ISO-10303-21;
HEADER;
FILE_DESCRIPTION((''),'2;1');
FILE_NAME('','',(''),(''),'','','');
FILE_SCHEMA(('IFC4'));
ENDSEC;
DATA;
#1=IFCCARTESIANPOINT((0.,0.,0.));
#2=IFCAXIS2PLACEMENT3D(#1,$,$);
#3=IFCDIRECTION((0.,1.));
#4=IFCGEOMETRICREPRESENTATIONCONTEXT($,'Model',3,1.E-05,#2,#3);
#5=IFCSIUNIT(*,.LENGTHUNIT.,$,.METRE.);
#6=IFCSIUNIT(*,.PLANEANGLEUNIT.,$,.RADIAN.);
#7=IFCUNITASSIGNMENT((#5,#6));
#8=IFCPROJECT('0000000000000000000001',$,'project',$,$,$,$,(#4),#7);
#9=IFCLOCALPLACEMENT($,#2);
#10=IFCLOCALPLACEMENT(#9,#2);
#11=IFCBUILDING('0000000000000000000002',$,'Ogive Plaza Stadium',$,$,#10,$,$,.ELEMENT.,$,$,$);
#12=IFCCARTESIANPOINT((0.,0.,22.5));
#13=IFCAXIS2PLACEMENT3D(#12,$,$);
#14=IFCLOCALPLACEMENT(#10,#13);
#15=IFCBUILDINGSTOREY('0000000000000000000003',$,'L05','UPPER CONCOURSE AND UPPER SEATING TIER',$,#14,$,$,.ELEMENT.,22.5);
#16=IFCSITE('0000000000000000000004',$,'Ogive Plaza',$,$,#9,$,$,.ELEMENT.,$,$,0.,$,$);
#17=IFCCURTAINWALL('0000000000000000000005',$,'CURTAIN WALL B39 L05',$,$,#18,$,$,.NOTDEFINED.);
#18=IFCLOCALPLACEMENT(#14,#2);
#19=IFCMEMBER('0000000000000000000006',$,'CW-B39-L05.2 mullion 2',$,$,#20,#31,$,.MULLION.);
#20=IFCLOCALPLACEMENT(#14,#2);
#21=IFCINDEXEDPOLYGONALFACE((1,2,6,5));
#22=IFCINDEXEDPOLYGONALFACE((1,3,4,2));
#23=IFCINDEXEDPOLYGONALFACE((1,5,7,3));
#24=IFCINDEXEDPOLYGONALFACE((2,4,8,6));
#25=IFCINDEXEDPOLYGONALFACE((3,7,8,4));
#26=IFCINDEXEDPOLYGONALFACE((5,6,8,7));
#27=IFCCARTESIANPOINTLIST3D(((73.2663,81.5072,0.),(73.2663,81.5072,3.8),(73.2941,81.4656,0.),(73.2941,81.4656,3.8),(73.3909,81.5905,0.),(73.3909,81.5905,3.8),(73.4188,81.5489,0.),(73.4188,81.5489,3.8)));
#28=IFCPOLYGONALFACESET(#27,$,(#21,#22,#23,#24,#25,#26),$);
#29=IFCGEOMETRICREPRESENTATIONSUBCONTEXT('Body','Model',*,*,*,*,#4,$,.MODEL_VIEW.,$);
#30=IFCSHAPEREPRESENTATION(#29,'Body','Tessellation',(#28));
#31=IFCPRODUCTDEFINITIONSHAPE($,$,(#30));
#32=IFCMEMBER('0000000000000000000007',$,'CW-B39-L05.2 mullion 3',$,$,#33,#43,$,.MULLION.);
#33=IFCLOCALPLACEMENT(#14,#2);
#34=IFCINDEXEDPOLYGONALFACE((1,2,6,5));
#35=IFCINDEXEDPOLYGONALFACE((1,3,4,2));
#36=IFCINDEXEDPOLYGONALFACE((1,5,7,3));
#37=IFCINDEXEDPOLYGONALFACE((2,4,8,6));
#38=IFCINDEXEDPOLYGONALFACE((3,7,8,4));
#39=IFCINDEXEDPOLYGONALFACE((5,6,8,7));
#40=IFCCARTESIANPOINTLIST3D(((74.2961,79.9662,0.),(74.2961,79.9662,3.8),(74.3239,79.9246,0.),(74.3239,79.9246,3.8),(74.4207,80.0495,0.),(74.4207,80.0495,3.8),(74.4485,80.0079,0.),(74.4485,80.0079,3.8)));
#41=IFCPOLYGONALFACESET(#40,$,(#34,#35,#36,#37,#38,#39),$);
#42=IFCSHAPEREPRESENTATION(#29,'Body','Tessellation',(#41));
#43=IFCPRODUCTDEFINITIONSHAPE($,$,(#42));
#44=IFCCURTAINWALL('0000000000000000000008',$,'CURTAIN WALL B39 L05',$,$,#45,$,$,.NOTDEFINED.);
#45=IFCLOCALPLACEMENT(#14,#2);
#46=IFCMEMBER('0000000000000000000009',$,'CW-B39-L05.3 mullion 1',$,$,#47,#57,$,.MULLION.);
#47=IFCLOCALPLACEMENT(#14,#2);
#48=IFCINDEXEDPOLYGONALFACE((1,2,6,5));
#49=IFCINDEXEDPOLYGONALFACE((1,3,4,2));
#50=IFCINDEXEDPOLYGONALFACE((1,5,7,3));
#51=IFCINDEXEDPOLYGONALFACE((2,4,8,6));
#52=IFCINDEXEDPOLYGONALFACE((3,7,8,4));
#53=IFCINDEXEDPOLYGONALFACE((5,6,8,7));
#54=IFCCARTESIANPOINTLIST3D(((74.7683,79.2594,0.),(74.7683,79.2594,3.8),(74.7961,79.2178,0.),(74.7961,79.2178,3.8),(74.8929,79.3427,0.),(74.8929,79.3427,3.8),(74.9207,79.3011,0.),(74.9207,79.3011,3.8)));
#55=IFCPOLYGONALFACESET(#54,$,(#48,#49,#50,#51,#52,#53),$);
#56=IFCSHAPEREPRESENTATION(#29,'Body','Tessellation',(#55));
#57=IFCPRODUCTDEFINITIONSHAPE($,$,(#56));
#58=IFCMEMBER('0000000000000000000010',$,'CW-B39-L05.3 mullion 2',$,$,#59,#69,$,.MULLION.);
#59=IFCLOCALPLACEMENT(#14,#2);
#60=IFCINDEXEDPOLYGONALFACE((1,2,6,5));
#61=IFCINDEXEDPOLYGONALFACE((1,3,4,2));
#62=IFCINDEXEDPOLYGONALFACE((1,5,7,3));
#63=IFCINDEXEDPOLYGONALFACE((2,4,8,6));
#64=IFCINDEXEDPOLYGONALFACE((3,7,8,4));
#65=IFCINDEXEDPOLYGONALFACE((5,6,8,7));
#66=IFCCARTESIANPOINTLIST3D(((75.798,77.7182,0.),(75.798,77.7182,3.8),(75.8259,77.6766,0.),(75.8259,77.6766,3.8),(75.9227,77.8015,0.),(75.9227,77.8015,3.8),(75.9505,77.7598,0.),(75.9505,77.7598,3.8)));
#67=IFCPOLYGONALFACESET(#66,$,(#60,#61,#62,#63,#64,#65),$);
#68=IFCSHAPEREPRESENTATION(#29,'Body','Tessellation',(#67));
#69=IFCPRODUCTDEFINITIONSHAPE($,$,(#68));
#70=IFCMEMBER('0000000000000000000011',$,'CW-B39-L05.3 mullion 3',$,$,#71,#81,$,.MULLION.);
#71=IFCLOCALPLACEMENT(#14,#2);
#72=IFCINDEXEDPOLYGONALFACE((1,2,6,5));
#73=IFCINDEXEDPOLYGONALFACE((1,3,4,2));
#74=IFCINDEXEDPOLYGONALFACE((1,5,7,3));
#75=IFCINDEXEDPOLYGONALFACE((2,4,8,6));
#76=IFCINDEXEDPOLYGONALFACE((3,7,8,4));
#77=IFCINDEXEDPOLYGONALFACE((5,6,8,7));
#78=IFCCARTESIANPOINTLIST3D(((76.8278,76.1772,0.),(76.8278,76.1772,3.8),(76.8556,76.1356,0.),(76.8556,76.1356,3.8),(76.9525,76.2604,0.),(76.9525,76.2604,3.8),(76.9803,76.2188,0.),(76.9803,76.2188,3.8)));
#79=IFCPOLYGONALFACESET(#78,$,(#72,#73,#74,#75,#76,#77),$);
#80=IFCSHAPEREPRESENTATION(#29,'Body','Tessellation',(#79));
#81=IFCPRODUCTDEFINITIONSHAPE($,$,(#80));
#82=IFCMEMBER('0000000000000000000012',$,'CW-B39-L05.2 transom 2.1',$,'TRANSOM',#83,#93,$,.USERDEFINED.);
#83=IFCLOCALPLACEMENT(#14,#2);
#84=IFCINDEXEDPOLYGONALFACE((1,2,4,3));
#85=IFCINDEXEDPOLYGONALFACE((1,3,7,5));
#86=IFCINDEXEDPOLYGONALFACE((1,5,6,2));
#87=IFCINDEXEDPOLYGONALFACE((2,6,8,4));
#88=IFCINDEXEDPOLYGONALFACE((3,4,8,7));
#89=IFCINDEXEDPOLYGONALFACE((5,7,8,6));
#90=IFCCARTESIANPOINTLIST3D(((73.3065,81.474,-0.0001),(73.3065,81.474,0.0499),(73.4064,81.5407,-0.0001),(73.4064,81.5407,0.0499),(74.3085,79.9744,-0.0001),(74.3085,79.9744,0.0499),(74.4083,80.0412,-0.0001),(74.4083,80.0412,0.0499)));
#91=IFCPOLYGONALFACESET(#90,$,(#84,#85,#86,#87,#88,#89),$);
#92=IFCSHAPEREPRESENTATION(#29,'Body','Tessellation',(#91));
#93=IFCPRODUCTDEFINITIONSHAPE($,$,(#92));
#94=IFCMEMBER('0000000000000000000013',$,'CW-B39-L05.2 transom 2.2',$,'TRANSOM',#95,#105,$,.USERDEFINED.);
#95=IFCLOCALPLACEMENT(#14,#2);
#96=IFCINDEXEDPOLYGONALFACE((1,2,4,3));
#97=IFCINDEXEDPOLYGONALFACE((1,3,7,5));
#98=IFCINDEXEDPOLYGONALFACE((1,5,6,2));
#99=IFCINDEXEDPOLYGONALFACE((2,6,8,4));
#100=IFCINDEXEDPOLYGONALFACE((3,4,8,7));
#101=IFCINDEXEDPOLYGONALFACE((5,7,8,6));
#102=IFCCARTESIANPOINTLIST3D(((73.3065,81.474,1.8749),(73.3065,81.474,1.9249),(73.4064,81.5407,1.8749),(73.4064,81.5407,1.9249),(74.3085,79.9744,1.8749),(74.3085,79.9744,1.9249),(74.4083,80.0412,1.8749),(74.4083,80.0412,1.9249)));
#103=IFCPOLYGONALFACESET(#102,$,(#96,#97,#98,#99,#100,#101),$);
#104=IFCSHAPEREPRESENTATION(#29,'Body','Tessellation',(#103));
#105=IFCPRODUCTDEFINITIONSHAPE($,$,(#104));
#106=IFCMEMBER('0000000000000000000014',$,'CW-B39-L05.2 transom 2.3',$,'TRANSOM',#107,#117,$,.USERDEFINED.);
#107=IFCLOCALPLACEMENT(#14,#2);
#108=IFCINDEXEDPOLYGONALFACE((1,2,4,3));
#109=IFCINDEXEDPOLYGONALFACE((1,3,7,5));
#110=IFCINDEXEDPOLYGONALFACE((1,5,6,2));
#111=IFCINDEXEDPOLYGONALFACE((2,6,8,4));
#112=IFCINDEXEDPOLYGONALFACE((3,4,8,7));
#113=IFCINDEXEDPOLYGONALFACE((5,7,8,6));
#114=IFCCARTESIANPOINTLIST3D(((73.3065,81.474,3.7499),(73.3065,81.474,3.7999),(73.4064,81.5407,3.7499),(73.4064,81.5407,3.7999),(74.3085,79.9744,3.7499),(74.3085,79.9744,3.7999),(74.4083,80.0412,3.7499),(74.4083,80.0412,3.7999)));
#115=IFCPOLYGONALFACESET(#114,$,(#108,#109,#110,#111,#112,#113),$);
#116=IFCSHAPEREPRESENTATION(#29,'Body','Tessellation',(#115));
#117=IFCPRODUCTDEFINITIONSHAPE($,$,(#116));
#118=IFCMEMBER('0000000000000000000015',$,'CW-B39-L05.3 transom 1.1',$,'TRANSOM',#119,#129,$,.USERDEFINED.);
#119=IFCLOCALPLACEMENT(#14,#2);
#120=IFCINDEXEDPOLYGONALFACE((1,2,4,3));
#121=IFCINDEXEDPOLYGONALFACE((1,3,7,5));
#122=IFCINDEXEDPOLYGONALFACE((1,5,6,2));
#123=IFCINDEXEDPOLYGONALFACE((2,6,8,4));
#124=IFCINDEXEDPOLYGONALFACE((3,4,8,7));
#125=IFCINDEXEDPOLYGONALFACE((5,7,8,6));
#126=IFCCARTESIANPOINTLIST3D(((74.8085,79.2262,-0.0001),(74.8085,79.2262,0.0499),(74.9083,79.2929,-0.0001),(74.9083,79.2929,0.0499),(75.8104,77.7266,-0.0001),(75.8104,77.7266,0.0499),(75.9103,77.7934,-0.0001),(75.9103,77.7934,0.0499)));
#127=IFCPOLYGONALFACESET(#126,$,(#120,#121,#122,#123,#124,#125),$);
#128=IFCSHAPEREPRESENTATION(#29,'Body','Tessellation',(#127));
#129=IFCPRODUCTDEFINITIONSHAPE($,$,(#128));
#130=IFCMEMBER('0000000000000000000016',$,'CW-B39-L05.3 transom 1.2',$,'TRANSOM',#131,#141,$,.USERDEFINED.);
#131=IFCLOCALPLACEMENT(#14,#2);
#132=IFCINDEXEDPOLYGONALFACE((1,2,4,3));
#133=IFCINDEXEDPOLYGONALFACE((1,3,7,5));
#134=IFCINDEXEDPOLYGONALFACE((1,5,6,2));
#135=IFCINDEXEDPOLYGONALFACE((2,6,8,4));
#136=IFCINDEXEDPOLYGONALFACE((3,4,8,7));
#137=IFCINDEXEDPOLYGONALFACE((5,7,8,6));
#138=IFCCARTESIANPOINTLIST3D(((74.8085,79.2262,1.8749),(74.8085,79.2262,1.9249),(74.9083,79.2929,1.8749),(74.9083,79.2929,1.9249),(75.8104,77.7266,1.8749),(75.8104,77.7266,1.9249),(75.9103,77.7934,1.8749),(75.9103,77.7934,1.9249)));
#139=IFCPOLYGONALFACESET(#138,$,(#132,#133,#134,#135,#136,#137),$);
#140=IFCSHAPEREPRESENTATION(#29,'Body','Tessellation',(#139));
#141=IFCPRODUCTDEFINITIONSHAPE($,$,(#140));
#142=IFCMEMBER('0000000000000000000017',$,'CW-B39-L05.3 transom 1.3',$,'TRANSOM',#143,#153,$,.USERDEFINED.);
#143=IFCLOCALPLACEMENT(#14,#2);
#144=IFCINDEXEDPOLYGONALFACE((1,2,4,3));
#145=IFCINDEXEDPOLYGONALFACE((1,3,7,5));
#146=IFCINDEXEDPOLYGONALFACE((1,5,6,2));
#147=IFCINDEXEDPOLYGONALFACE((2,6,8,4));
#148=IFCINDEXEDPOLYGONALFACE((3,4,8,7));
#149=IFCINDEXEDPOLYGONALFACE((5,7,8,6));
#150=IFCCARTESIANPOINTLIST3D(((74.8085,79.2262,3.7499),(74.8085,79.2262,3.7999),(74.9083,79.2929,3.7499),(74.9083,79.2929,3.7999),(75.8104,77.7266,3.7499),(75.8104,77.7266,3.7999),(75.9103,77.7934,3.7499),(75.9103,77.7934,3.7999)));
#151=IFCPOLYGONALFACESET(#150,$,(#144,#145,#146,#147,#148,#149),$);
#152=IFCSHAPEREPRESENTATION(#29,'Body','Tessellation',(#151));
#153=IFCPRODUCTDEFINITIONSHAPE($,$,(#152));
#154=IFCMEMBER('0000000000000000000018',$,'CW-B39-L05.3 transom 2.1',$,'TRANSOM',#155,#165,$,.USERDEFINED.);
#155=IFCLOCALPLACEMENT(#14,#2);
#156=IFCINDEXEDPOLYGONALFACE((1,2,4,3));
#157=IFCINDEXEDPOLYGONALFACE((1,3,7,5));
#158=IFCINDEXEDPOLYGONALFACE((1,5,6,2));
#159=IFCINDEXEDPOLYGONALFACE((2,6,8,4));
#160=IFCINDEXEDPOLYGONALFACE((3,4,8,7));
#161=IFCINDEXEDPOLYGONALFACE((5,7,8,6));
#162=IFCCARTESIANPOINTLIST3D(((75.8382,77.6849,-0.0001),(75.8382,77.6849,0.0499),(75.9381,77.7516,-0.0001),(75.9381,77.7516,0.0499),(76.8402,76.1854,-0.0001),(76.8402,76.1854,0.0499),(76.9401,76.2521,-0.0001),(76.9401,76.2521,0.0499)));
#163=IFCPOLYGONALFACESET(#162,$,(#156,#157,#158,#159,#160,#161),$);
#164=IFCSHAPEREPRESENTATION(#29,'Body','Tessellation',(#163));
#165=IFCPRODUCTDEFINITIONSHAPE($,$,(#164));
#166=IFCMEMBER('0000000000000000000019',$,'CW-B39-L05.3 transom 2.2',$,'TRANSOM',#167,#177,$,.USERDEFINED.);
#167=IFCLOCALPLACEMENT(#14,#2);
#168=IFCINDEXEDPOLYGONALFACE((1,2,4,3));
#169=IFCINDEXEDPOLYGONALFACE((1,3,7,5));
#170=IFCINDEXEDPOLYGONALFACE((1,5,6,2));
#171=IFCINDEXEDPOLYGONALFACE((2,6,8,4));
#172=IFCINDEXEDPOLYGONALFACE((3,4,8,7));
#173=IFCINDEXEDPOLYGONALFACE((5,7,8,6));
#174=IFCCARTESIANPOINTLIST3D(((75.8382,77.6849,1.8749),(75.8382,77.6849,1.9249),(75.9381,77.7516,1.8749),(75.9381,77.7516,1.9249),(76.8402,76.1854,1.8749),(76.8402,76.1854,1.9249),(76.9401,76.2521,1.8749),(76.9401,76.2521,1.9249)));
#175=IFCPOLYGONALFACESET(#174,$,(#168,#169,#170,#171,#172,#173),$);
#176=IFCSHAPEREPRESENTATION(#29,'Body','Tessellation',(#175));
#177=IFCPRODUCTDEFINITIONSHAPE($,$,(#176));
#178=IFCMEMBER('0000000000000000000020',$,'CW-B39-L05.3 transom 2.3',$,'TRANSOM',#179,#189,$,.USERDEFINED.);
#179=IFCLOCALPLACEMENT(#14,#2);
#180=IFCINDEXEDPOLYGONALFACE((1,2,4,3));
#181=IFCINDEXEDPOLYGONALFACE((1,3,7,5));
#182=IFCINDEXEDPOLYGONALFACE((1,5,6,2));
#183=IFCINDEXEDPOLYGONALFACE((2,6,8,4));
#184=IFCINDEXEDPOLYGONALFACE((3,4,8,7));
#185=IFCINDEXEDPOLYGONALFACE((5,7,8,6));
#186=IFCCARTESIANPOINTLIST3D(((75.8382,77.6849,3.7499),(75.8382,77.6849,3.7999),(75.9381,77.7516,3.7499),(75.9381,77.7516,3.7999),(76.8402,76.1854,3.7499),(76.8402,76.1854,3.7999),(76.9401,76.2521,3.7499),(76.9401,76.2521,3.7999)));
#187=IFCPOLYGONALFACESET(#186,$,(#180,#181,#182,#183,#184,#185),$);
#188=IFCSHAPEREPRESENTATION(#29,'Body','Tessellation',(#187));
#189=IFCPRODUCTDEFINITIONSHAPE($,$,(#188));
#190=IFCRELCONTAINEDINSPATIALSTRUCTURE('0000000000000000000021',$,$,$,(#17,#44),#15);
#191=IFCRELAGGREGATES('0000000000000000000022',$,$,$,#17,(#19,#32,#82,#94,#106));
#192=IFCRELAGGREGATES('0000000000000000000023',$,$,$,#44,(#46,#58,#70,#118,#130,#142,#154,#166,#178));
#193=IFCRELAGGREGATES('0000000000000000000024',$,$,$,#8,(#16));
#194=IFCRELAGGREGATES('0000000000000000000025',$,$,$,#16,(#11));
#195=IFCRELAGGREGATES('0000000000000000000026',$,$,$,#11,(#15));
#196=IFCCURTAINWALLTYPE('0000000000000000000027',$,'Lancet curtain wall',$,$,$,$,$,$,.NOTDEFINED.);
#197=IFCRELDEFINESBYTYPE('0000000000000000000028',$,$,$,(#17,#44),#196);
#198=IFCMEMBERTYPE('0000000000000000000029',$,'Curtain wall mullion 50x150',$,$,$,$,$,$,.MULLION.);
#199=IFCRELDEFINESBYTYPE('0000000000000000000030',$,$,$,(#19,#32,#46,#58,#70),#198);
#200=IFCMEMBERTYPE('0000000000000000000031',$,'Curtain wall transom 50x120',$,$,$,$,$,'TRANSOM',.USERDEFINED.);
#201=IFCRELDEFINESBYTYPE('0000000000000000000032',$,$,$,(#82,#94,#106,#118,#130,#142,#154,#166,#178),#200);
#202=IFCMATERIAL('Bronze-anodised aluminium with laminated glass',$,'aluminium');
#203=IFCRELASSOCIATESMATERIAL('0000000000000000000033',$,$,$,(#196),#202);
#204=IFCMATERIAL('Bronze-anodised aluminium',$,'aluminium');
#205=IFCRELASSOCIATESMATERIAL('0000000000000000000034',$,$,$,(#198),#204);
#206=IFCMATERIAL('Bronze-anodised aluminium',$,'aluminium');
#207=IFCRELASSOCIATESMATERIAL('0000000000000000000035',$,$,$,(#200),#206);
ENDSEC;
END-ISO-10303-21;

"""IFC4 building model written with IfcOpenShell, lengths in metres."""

from ifc_helpers import new_model, si_unit, direction, frame, origin, origin_2d, place, context, subcontext, project, spatial, rectangle, extrude, material, material_profile, profile_set, type_object, element, aggregate, save


model = new_model("IFC4")

# Units and contexts
model_context = context("Model", 3, precision=1e-05, world=origin(), true_north=direction((0.0, 1.0)))
body_context = subcontext(model_context, "Body", "Model", "MODEL_VIEW")
ifc_project = project(units=[si_unit("LENGTHUNIT", "METRE"), si_unit("PLANEANGLEUNIT", "RADIAN")], contexts=[model_context])

# Site, building, storey
site_placement = place(None, origin())
site = spatial("IfcSite", under=ifc_project, at=site_placement, Name="Ogive Plaza", CompositionType="ELEMENT", RefElevation=0.0)
building_placement = place(site_placement, origin())
building = spatial("IfcBuilding", under=site, at=building_placement, Name="Ogive Plaza Stadium", CompositionType="ELEMENT")
storey_placement = place(building_placement, frame((0.0, 0.0, 22.5)))
storey = spatial("IfcBuildingStorey", under=building, at=storey_placement, Name="L05", Description="UPPER CONCOURSE AND UPPER SEATING TIER", CompositionType="ELEMENT", Elevation=22.5)

# Curtain walls, members
ifc_material_1 = material(Name="Bronze-anodised aluminium with laminated glass", Category="aluminium")
curtain_wall_type = type_object("IfcCurtainWallType", Name="Lancet curtain wall", PredefinedType="NOTDEFINED", material=ifc_material_1)
curtain_wall_1_placement = place(storey_placement, origin())
curtain_wall_1 = element("IfcCurtainWall", 1, at=curtain_wall_1_placement, inside=storey, type_object=curtain_wall_type, Name="CURTAIN WALL B39 L05", PredefinedType="NOTDEFINED")
ifc_material_2 = material(Name="Bronze-anodised aluminium", Category="aluminium")
ifc_material_profile_1 = material_profile(ifc_material_2, rectangle(XDim=0.1499, YDim=0.05, at=origin_2d()), Name="AL 150x50")
ifc_profile_set_1 = profile_set([ifc_material_profile_1], Name="Bronze-anodised aluminium")
member_type_1 = type_object("IfcMemberType", Name="Curtain wall mullion 50x150", PredefinedType="MULLION", material=ifc_profile_set_1)
member_1_placement = place(storey_placement, frame((73.3425, 81.5281, 0.0), z_axis=(0.0, 0.0, 1.0), x_axis=(0.83147, 0.55557, 0.0)))
member_1 = element("IfcMember", 2, at=member_1_placement, type_object=member_type_1, Name="CW-B39-L05.2 mullion 2", PredefinedType="MULLION", context=body_context, shape_type="SweptSolid", body=[
    extrude(rectangle(XDim=0.1499, YDim=0.05, at=origin_2d()), origin(), (0.0, 0.0, 1.0), 3.8),
])
member_2_placement = place(storey_placement, frame((74.3723, 79.9871, 0.0), z_axis=(0.0, 0.0, 1.0), x_axis=(0.83147, 0.55557, 0.0)))
member_2 = element("IfcMember", 3, at=member_2_placement, type_object=member_type_1, Name="CW-B39-L05.2 mullion 3", PredefinedType="MULLION", context=body_context, shape_type="SweptSolid", body=[
    extrude(rectangle(XDim=0.1499, YDim=0.05, at=origin_2d()), origin(), (0.0, 0.0, 1.0), 3.8),
])
curtain_wall_2_placement = place(storey_placement, origin())
curtain_wall_2 = element("IfcCurtainWall", 4, at=curtain_wall_2_placement, inside=storey, type_object=curtain_wall_type, Name="CURTAIN WALL B39 L05", PredefinedType="NOTDEFINED")
member_3_placement = place(storey_placement, frame((74.8445, 79.2803, 0.0), z_axis=(0.0, 0.0, 1.0), x_axis=(0.83147, 0.55557, 0.0)))
member_3 = element("IfcMember", 5, at=member_3_placement, type_object=member_type_1, Name="CW-B39-L05.3 mullion 1", PredefinedType="MULLION", context=body_context, shape_type="SweptSolid", body=[
    extrude(rectangle(XDim=0.1499, YDim=0.05, at=origin_2d()), origin(), (0.0, 0.0, 1.0), 3.8),
])
member_4_placement = place(storey_placement, frame((75.8743, 77.739, 0.0), z_axis=(0.0, 0.0, 1.0), x_axis=(0.83147, 0.55557, 0.0)))
member_4 = element("IfcMember", 6, at=member_4_placement, type_object=member_type_1, Name="CW-B39-L05.3 mullion 2", PredefinedType="MULLION", context=body_context, shape_type="SweptSolid", body=[
    extrude(rectangle(XDim=0.1499, YDim=0.05, at=origin_2d()), origin(), (0.0, 0.0, 1.0), 3.8),
])
member_5_placement = place(storey_placement, frame((76.9041, 76.198, 0.0), z_axis=(0.0, 0.0, 1.0), x_axis=(0.83147, 0.55557, 0.0)))
member_5 = element("IfcMember", 7, at=member_5_placement, type_object=member_type_1, Name="CW-B39-L05.3 mullion 3", PredefinedType="MULLION", context=body_context, shape_type="SweptSolid", body=[
    extrude(rectangle(XDim=0.1499, YDim=0.05, at=origin_2d()), origin(), (0.0, 0.0, 1.0), 3.8),
])

# Members
ifc_material_3 = material(Name="Bronze-anodised aluminium", Category="aluminium")
ifc_material_profile_2 = material_profile(ifc_material_3, rectangle(XDim=0.1201, YDim=0.05, at=origin_2d()), Name="AL 120x50")
ifc_profile_set_2 = profile_set([ifc_material_profile_2], Name="Bronze-anodised aluminium")
member_type_2 = type_object("IfcMemberType", Name="Curtain wall transom 50x120", ElementType="TRANSOM", PredefinedType="USERDEFINED", material=ifc_profile_set_2)
member_6_placement = place(storey_placement, frame((73.3564, 81.5073, 0.0249), z_axis=(0.555575, -0.831467, 0.0), x_axis=(0.831467, 0.555575, 0.0)))
member_6 = element("IfcMember", 8, at=member_6_placement, type_object=member_type_2, Name="CW-B39-L05.2 transom 2.1", ObjectType="TRANSOM", PredefinedType="USERDEFINED", context=body_context, shape_type="SweptSolid", body=[
    extrude(rectangle(XDim=0.1201, YDim=0.05, at=origin_2d()), origin(), (0.0, 0.0, 1.0), 1.8035),
])
member_7_placement = place(storey_placement, frame((73.3564, 81.5073, 1.8999), z_axis=(0.555575, -0.831467, 0.0), x_axis=(0.831467, 0.555575, 0.0)))
member_7 = element("IfcMember", 9, at=member_7_placement, type_object=member_type_2, Name="CW-B39-L05.2 transom 2.2", ObjectType="TRANSOM", PredefinedType="USERDEFINED", context=body_context, shape_type="SweptSolid", body=[
    extrude(rectangle(XDim=0.1201, YDim=0.05, at=origin_2d()), origin(), (0.0, 0.0, 1.0), 1.8035),
])
member_8_placement = place(storey_placement, frame((73.3564, 81.5073, 3.7749), z_axis=(0.555575, -0.831467, 0.0), x_axis=(0.831467, 0.555575, 0.0)))
member_8 = element("IfcMember", 10, at=member_8_placement, type_object=member_type_2, Name="CW-B39-L05.2 transom 2.3", ObjectType="TRANSOM", PredefinedType="USERDEFINED", context=body_context, shape_type="SweptSolid", body=[
    extrude(rectangle(XDim=0.1201, YDim=0.05, at=origin_2d()), origin(), (0.0, 0.0, 1.0), 1.8035),
])
member_9_placement = place(storey_placement, frame((74.8584, 79.2595, 0.0249), z_axis=(0.555575, -0.831467, 0.0), x_axis=(0.831467, 0.555575, 0.0)))
member_9 = element("IfcMember", 11, at=member_9_placement, type_object=member_type_2, Name="CW-B39-L05.3 transom 1.1", ObjectType="TRANSOM", PredefinedType="USERDEFINED", context=body_context, shape_type="SweptSolid", body=[
    extrude(rectangle(XDim=0.1201, YDim=0.05, at=origin_2d()), origin(), (0.0, 0.0, 1.0), 1.8035),
])
member_10_placement = place(storey_placement, frame((74.8584, 79.2595, 1.8999), z_axis=(0.555575, -0.831467, 0.0), x_axis=(0.831467, 0.555575, 0.0)))
member_10 = element("IfcMember", 12, at=member_10_placement, type_object=member_type_2, Name="CW-B39-L05.3 transom 1.2", ObjectType="TRANSOM", PredefinedType="USERDEFINED", context=body_context, shape_type="SweptSolid", body=[
    extrude(rectangle(XDim=0.1201, YDim=0.05, at=origin_2d()), origin(), (0.0, 0.0, 1.0), 1.8035),
])
member_11_placement = place(storey_placement, frame((74.8584, 79.2595, 3.7749), z_axis=(0.555575, -0.831467, 0.0), x_axis=(0.831467, 0.555575, 0.0)))
member_11 = element("IfcMember", 13, at=member_11_placement, type_object=member_type_2, Name="CW-B39-L05.3 transom 1.3", ObjectType="TRANSOM", PredefinedType="USERDEFINED", context=body_context, shape_type="SweptSolid", body=[
    extrude(rectangle(XDim=0.1201, YDim=0.05, at=origin_2d()), origin(), (0.0, 0.0, 1.0), 1.8035),
])
member_12_placement = place(storey_placement, frame((75.8882, 77.7183, 0.0249), z_axis=(0.555575, -0.831467, 0.0), x_axis=(0.831467, 0.555575, 0.0)))
member_12 = element("IfcMember", 14, at=member_12_placement, type_object=member_type_2, Name="CW-B39-L05.3 transom 2.1", ObjectType="TRANSOM", PredefinedType="USERDEFINED", context=body_context, shape_type="SweptSolid", body=[
    extrude(rectangle(XDim=0.1201, YDim=0.05, at=origin_2d()), origin(), (0.0, 0.0, 1.0), 1.8035),
])
member_13_placement = place(storey_placement, frame((75.8882, 77.7183, 1.8999), z_axis=(0.555575, -0.831467, 0.0), x_axis=(0.831467, 0.555575, 0.0)))
member_13 = element("IfcMember", 15, at=member_13_placement, type_object=member_type_2, Name="CW-B39-L05.3 transom 2.2", ObjectType="TRANSOM", PredefinedType="USERDEFINED", context=body_context, shape_type="SweptSolid", body=[
    extrude(rectangle(XDim=0.1201, YDim=0.05, at=origin_2d()), origin(), (0.0, 0.0, 1.0), 1.8035),
])
member_14_placement = place(storey_placement, frame((75.8882, 77.7183, 3.7749), z_axis=(0.555575, -0.831467, 0.0), x_axis=(0.831467, 0.555575, 0.0)))
member_14 = element("IfcMember", 16, at=member_14_placement, type_object=member_type_2, Name="CW-B39-L05.3 transom 2.3", ObjectType="TRANSOM", PredefinedType="USERDEFINED", context=body_context, shape_type="SweptSolid", body=[
    extrude(rectangle(XDim=0.1201, YDim=0.05, at=origin_2d()), origin(), (0.0, 0.0, 1.0), 1.8035),
])

aggregate(curtain_wall_1, [member_1, member_2, member_6, member_7, member_8])
aggregate(curtain_wall_2, [member_3, member_4, member_5, member_9, member_10, member_11, member_12, member_13, member_14])

save(model, "model.ifc")
